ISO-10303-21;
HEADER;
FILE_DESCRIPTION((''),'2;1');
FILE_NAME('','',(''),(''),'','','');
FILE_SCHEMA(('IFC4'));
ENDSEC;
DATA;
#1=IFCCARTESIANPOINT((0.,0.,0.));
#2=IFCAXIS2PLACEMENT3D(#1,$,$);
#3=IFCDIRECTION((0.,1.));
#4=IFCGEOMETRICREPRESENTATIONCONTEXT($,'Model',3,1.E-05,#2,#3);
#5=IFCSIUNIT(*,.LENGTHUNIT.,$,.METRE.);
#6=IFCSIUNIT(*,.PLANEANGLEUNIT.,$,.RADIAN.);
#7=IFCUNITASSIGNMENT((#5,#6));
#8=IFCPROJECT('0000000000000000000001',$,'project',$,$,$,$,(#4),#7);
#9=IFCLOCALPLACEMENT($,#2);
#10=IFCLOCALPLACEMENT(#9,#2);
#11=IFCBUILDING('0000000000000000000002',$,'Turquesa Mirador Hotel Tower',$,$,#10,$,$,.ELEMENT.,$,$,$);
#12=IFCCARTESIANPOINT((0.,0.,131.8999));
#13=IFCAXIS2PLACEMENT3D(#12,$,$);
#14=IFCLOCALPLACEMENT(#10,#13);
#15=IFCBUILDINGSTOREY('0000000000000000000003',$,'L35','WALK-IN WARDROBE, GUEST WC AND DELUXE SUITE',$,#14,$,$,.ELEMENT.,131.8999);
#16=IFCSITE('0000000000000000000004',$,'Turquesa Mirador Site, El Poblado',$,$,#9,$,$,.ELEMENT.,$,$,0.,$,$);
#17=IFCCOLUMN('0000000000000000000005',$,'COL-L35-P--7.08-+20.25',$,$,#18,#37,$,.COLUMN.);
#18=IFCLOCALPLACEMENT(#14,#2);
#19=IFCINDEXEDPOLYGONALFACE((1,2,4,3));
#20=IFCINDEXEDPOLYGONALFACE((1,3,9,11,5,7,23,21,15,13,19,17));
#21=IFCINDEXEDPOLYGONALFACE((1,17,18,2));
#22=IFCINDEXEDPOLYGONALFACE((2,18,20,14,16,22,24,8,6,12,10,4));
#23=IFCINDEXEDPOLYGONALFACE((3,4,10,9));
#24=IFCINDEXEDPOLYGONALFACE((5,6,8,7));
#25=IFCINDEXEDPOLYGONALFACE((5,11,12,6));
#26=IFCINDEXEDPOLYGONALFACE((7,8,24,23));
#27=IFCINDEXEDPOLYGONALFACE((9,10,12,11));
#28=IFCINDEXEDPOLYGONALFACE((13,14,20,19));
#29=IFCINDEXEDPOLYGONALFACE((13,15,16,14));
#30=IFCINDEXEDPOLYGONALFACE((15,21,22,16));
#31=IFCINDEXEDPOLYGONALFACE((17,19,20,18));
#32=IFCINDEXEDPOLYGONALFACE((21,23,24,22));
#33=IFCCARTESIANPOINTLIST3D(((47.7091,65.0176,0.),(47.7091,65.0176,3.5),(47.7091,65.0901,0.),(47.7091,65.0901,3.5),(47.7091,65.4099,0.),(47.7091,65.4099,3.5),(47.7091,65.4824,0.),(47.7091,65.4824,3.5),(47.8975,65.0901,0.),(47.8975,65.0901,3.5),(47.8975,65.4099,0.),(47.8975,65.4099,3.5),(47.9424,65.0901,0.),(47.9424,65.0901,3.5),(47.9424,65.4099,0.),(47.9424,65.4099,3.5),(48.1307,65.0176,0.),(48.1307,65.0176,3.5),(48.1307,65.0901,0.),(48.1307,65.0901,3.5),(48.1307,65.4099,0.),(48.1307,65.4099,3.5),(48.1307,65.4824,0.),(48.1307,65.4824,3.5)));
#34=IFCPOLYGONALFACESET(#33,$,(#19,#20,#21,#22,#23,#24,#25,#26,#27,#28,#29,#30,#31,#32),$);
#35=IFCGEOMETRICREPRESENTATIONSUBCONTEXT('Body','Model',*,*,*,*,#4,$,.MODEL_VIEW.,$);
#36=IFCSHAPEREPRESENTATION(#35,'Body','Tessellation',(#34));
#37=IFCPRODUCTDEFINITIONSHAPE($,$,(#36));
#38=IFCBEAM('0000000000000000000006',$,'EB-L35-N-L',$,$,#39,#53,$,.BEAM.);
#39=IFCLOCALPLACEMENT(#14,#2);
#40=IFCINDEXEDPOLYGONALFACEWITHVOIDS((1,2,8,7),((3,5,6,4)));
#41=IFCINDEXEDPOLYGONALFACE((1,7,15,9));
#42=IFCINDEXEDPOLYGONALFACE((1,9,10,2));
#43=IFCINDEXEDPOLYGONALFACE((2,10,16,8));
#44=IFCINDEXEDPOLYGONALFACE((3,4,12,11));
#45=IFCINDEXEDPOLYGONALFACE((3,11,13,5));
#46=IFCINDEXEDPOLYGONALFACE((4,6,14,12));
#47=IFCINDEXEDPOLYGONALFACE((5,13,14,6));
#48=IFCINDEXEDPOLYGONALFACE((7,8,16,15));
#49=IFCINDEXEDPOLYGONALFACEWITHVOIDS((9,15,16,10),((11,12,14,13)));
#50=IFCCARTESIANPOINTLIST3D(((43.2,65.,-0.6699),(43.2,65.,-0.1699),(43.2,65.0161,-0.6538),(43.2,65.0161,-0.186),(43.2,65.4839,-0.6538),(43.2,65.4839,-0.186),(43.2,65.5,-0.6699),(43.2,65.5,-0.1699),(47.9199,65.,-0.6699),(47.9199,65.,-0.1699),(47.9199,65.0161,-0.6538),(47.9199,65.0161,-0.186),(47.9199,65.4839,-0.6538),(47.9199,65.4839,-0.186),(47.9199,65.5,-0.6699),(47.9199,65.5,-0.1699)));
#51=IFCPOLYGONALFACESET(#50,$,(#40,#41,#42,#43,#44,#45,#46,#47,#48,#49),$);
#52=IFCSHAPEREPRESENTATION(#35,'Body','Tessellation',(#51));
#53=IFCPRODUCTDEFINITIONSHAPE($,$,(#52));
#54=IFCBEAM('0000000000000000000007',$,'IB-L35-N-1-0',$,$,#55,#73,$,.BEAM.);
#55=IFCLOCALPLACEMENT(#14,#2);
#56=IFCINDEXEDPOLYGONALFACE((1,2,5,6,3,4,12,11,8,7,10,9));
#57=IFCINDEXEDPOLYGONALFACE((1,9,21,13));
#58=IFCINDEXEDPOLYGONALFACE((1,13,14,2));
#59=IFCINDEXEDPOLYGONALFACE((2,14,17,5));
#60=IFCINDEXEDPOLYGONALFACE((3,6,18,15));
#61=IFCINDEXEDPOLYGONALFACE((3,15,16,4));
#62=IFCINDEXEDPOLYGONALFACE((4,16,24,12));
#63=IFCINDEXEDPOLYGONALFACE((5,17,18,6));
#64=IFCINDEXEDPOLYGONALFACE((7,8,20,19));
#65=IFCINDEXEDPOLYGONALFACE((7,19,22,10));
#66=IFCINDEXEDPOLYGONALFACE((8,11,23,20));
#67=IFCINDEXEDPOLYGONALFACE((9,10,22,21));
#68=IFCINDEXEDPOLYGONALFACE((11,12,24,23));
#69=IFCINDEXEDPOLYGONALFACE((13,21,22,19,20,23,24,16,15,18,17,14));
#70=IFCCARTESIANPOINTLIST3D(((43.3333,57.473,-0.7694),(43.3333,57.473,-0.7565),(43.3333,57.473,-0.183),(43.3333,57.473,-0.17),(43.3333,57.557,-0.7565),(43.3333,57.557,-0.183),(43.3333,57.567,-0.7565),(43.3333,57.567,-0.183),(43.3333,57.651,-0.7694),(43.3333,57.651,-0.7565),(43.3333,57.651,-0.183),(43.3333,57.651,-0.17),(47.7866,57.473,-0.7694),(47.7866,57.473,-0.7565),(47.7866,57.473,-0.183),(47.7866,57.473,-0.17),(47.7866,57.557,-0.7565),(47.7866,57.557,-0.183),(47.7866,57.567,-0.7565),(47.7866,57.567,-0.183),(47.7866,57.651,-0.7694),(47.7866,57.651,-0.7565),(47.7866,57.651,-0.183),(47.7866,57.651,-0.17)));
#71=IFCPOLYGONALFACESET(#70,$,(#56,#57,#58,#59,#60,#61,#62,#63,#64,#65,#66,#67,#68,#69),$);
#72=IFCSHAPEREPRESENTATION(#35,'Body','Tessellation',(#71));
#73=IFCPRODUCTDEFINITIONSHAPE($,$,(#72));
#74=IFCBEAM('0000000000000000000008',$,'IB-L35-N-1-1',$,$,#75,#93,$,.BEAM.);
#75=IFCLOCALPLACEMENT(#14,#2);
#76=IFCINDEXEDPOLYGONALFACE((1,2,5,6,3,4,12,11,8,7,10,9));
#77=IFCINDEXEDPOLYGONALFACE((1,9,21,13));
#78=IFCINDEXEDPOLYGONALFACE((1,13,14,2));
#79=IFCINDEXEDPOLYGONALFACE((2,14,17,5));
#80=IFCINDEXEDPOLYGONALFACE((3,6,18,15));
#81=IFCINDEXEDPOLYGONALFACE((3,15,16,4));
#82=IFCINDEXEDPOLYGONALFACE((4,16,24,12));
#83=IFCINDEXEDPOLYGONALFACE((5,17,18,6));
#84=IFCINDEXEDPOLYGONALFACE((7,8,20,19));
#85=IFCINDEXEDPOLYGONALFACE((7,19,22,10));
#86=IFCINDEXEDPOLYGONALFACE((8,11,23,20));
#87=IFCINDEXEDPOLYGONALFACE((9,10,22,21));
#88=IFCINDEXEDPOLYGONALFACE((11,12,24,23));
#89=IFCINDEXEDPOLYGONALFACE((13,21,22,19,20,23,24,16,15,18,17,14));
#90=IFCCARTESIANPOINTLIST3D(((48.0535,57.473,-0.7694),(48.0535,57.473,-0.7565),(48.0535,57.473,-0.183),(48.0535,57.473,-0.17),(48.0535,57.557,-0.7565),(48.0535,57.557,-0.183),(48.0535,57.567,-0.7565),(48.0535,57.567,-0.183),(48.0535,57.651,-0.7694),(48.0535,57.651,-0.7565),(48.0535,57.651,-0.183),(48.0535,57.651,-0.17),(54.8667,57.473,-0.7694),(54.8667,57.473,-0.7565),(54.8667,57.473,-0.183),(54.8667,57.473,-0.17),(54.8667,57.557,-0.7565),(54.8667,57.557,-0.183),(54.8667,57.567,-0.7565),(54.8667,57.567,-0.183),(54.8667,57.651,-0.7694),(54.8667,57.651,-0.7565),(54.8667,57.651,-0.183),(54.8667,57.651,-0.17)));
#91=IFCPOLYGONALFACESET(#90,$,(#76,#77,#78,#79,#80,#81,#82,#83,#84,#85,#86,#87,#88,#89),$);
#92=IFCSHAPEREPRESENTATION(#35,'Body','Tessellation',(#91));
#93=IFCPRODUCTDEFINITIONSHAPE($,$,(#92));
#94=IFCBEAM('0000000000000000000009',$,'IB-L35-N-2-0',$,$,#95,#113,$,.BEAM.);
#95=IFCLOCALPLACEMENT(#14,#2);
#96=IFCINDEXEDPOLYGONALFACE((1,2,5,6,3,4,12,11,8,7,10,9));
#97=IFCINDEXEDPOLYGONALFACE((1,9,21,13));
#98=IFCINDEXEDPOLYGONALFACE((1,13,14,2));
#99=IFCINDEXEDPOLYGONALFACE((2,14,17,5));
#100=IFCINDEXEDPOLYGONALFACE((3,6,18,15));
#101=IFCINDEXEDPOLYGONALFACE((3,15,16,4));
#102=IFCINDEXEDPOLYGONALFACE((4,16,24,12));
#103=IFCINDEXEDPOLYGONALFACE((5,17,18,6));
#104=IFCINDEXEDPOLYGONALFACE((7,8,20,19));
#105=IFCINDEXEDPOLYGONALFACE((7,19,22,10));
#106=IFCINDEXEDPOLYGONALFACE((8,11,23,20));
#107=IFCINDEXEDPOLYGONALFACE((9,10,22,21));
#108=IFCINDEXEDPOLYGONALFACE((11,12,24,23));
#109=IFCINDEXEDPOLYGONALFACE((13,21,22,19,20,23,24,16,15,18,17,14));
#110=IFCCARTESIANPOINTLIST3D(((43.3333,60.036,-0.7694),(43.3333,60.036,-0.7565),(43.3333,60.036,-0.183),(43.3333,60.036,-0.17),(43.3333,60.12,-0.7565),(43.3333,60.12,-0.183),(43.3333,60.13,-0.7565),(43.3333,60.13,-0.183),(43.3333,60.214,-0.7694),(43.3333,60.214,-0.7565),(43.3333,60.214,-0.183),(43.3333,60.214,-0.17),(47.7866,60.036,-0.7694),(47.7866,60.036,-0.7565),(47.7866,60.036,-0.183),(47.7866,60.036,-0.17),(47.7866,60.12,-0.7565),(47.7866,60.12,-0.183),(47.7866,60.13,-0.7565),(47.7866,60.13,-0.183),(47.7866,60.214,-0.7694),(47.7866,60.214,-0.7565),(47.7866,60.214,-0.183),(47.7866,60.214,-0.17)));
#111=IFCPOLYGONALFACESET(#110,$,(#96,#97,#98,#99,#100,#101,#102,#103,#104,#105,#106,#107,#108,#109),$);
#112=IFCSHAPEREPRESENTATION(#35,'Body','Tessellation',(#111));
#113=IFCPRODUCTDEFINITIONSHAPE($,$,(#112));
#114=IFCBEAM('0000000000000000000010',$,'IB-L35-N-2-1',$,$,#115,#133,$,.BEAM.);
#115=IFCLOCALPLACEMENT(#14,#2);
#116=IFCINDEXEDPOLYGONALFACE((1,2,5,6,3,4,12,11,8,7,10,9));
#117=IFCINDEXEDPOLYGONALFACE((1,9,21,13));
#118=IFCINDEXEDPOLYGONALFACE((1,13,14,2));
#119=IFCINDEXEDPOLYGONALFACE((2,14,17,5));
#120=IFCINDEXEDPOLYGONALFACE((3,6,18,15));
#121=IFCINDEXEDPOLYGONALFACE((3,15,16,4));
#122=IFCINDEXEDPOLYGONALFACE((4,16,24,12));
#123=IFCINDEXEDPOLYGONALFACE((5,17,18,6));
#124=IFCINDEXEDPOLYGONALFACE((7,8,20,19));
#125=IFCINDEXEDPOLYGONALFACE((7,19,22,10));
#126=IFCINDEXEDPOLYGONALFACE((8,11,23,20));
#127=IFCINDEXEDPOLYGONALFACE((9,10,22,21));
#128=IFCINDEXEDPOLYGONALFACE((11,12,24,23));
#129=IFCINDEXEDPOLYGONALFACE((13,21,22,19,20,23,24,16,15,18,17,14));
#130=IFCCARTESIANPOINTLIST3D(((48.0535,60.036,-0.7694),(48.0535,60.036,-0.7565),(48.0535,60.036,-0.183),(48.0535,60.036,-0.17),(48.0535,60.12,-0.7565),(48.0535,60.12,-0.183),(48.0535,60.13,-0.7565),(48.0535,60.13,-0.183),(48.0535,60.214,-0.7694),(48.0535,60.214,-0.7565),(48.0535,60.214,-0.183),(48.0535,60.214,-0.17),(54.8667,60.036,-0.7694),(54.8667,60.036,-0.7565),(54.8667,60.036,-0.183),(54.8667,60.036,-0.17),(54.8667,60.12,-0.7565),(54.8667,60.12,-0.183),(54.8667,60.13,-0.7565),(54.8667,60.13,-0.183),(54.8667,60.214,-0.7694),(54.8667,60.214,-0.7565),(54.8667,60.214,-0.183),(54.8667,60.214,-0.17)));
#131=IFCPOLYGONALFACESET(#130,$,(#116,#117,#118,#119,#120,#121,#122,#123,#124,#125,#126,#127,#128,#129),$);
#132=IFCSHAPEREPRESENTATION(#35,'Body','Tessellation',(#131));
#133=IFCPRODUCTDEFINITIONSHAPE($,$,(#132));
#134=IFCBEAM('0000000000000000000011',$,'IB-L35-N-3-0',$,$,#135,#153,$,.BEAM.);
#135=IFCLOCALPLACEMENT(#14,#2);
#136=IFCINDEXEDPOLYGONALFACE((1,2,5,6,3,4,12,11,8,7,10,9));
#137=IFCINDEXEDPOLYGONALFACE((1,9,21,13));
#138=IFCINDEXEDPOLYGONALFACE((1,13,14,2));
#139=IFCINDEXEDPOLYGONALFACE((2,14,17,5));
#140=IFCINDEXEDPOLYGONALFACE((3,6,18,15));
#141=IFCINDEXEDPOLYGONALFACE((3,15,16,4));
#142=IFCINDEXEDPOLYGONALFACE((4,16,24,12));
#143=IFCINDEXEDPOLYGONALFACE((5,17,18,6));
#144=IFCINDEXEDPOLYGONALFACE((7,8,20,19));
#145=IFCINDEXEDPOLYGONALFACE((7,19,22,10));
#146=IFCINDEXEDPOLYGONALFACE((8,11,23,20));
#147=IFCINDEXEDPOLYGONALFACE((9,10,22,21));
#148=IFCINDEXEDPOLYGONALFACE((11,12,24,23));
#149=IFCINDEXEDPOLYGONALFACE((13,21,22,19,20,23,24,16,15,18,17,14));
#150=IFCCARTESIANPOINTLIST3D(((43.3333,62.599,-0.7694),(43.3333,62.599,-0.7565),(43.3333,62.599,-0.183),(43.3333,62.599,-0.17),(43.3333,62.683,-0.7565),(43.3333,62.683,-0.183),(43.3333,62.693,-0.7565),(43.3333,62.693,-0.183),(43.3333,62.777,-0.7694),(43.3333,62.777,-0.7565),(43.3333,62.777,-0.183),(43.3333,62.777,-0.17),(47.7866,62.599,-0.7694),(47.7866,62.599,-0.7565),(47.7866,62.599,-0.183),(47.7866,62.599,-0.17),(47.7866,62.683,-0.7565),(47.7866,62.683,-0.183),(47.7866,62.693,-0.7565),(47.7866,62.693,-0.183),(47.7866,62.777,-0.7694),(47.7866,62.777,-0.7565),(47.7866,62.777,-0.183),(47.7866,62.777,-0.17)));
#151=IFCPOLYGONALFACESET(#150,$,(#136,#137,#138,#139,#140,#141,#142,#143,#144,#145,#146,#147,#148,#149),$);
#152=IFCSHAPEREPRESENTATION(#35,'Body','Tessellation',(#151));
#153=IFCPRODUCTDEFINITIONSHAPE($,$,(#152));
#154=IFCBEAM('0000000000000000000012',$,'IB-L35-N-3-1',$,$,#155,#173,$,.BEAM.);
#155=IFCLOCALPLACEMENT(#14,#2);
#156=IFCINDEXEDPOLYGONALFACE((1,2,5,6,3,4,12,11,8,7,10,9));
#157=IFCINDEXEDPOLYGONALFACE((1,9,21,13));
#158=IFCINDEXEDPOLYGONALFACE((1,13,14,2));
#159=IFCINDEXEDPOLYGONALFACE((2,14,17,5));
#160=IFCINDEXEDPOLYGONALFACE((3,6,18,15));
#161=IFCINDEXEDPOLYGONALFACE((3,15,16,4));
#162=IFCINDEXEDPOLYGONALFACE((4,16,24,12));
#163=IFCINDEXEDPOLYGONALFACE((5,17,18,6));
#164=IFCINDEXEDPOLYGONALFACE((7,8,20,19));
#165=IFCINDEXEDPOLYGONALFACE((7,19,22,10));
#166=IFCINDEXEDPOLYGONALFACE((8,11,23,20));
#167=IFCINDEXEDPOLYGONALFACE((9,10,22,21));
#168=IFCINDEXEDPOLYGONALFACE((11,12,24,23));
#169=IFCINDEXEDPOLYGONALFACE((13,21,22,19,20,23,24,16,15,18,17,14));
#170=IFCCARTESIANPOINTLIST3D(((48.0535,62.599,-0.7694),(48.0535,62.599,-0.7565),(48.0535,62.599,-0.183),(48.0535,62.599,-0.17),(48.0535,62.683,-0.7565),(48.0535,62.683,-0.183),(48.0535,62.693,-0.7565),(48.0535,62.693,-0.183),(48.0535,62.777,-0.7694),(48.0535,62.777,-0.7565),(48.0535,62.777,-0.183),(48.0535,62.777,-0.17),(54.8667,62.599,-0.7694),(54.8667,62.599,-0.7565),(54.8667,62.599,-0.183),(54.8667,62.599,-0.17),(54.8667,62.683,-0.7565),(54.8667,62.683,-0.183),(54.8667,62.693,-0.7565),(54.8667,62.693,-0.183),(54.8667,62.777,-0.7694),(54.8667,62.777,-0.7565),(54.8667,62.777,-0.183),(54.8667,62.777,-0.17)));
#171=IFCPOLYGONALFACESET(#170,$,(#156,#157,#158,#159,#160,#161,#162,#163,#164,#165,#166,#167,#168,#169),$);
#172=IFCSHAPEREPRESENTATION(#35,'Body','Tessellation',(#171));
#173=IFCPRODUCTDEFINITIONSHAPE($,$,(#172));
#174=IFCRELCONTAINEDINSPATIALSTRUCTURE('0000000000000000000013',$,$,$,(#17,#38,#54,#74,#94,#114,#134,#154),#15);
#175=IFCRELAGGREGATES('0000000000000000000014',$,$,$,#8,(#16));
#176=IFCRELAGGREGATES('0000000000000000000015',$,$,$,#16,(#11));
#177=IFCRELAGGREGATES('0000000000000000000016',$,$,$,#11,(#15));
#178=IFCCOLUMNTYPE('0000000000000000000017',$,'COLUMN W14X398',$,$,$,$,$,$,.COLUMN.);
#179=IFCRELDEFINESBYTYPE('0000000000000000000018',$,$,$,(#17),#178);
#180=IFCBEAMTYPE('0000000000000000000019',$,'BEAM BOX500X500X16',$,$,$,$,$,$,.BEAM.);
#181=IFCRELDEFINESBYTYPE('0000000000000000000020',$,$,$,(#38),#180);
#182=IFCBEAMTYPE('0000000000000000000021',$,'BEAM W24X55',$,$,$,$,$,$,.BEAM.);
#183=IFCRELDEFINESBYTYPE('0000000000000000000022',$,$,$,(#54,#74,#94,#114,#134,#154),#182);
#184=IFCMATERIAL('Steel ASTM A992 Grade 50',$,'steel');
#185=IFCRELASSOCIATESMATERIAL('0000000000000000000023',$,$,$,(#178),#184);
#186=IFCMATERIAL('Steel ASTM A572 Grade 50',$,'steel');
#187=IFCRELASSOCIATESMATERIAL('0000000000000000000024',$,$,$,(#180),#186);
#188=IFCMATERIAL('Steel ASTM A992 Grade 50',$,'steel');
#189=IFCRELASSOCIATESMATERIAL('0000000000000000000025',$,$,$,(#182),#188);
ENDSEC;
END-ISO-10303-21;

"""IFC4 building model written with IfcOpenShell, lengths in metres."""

from ifc_helpers import new_model, si_unit, direction, frame, origin, origin_2d, place, context, subcontext, project, spatial, hollow_rectangle, i_section, extrude, material, material_profile, profile_set, type_object, element, save


model = new_model("IFC4")

# Units and contexts
model_context = context("Model", 3, precision=1e-05, world=origin(), true_north=direction((0.0, 1.0)))
body_context = subcontext(model_context, "Body", "Model", "MODEL_VIEW")
ifc_project = project(units=[si_unit("LENGTHUNIT", "METRE"), si_unit("PLANEANGLEUNIT", "RADIAN")], contexts=[model_context])

# Site, building, storey
site_placement = place(None, origin())
site = spatial("IfcSite", under=ifc_project, at=site_placement, Name="Turquesa Mirador Site, El Poblado", CompositionType="ELEMENT", RefElevation=0.0)
building_placement = place(site_placement, origin())
building = spatial("IfcBuilding", under=site, at=building_placement, Name="Turquesa Mirador Hotel Tower", CompositionType="ELEMENT")
storey_placement = place(building_placement, frame((0.0, 0.0, 131.8999)))
storey = spatial("IfcBuildingStorey", under=building, at=storey_placement, Name="L35", Description="WALK-IN WARDROBE, GUEST WC AND DELUXE SUITE", CompositionType="ELEMENT", Elevation=131.8999)

# Column
ifc_material_1 = material(Name="Steel ASTM A992 Grade 50", Category="steel")
ifc_material_profile_1 = material_profile(ifc_material_1, i_section(OverallWidth=0.4216, OverallDepth=0.4648, WebThickness=0.0449, FlangeThickness=0.0725, at=origin_2d()), Name="W14X398")
ifc_profile_set_1 = profile_set([ifc_material_profile_1], Name="Steel ASTM A992 Grade 50")
column_type = type_object("IfcColumnType", Name="COLUMN W14X398", PredefinedType="COLUMN", material=ifc_profile_set_1)
column_placement = place(storey_placement, frame((47.9199, 65.25, 0.0), z_axis=(0.0, 0.0, 1.0), x_axis=(1.0, 0.0, 0.0)))
element("IfcColumn", 1, at=column_placement, inside=storey, type_object=column_type, Name="COL-L35-P--7.08-+20.25", PredefinedType="COLUMN", context=body_context, shape_type="SweptSolid", body=[
    extrude(i_section(OverallWidth=0.4216, OverallDepth=0.4648, WebThickness=0.0449, FlangeThickness=0.0725, at=origin_2d()), origin(), (0.0, 0.0, 1.0), 3.5),
])

# Beams
ifc_material_2 = material(Name="Steel ASTM A572 Grade 50", Category="steel")
ifc_material_profile_2 = material_profile(ifc_material_2, hollow_rectangle(XDim=0.5, YDim=0.5, WallThickness=0.0161, at=origin_2d()), Name="BOX500X500X16")
ifc_profile_set_2 = profile_set([ifc_material_profile_2], Name="Steel ASTM A572 Grade 50")
beam_type_1 = type_object("IfcBeamType", Name="BEAM BOX500X500X16", PredefinedType="BEAM", material=ifc_profile_set_2)
beam_1_placement = place(storey_placement, frame((43.2, 65.25, -0.4199), z_axis=(1.0, 0.0, 0.0), x_axis=(0.0, 1.0, 0.0)))
element("IfcBeam", 2, at=beam_1_placement, inside=storey, type_object=beam_type_1, Name="EB-L35-N-L", PredefinedType="BEAM", context=body_context, shape_type="SweptSolid", body=[
    extrude(hollow_rectangle(XDim=0.5, YDim=0.5, WallThickness=0.0161, at=origin_2d()), origin(), (0.0, 0.0, 1.0), 4.72),
])
ifc_material_3 = material(Name="Steel ASTM A992 Grade 50", Category="steel")
ifc_material_profile_3 = material_profile(ifc_material_3, i_section(OverallWidth=0.178, OverallDepth=0.5994, WebThickness=0.01, FlangeThickness=0.0129, at=origin_2d()), Name="W24X55")
ifc_profile_set_3 = profile_set([ifc_material_profile_3], Name="Steel ASTM A992 Grade 50")
beam_type_2 = type_object("IfcBeamType", Name="BEAM W24X55", PredefinedType="BEAM", material=ifc_profile_set_3)
beam_2_placement = place(storey_placement, frame((43.3333, 57.562, -0.4697), z_axis=(1.0, 0.0, 0.0), x_axis=(0.0, 1.0, 0.0)))
element("IfcBeam", 3, at=beam_2_placement, inside=storey, type_object=beam_type_2, Name="IB-L35-N-1-0", PredefinedType="BEAM", context=body_context, shape_type="SweptSolid", body=[
    extrude(i_section(OverallWidth=0.178, OverallDepth=0.5994, WebThickness=0.01, FlangeThickness=0.0129, at=origin_2d()), origin(), (0.0, 0.0, 1.0), 4.4534),
])
beam_3_placement = place(storey_placement, frame((48.0535, 57.562, -0.4697), z_axis=(1.0, 0.0, 0.0), x_axis=(0.0, 1.0, 0.0)))
element("IfcBeam", 4, at=beam_3_placement, inside=storey, type_object=beam_type_2, Name="IB-L35-N-1-1", PredefinedType="BEAM", context=body_context, shape_type="SweptSolid", body=[
    extrude(i_section(OverallWidth=0.178, OverallDepth=0.5994, WebThickness=0.01, FlangeThickness=0.0129, at=origin_2d()), origin(), (0.0, 0.0, 1.0), 6.8132),
])
beam_4_placement = place(storey_placement, frame((43.3333, 60.125, -0.4697), z_axis=(1.0, 0.0, 0.0), x_axis=(0.0, 1.0, 0.0)))
element("IfcBeam", 5, at=beam_4_placement, inside=storey, type_object=beam_type_2, Name="IB-L35-N-2-0", PredefinedType="BEAM", context=body_context, shape_type="SweptSolid", body=[
    extrude(i_section(OverallWidth=0.178, OverallDepth=0.5994, WebThickness=0.01, FlangeThickness=0.0129, at=origin_2d()), origin(), (0.0, 0.0, 1.0), 4.4534),
])
beam_5_placement = place(storey_placement, frame((48.0535, 60.125, -0.4697), z_axis=(1.0, 0.0, 0.0), x_axis=(0.0, 1.0, 0.0)))
element("IfcBeam", 6, at=beam_5_placement, inside=storey, type_object=beam_type_2, Name="IB-L35-N-2-1", PredefinedType="BEAM", context=body_context, shape_type="SweptSolid", body=[
    extrude(i_section(OverallWidth=0.178, OverallDepth=0.5994, WebThickness=0.01, FlangeThickness=0.0129, at=origin_2d()), origin(), (0.0, 0.0, 1.0), 6.8132),
])
beam_6_placement = place(storey_placement, frame((43.3333, 62.688, -0.4697), z_axis=(1.0, 0.0, 0.0), x_axis=(0.0, 1.0, 0.0)))
element("IfcBeam", 7, at=beam_6_placement, inside=storey, type_object=beam_type_2, Name="IB-L35-N-3-0", PredefinedType="BEAM", context=body_context, shape_type="SweptSolid", body=[
    extrude(i_section(OverallWidth=0.178, OverallDepth=0.5994, WebThickness=0.01, FlangeThickness=0.0129, at=origin_2d()), origin(), (0.0, 0.0, 1.0), 4.4534),
])
beam_7_placement = place(storey_placement, frame((48.0535, 62.688, -0.4697), z_axis=(1.0, 0.0, 0.0), x_axis=(0.0, 1.0, 0.0)))
element("IfcBeam", 8, at=beam_7_placement, inside=storey, type_object=beam_type_2, Name="IB-L35-N-3-1", PredefinedType="BEAM", context=body_context, shape_type="SweptSolid", body=[
    extrude(i_section(OverallWidth=0.178, OverallDepth=0.5994, WebThickness=0.01, FlangeThickness=0.0129, at=origin_2d()), origin(), (0.0, 0.0, 1.0), 6.8132),
])

save(model, "model.ifc")
